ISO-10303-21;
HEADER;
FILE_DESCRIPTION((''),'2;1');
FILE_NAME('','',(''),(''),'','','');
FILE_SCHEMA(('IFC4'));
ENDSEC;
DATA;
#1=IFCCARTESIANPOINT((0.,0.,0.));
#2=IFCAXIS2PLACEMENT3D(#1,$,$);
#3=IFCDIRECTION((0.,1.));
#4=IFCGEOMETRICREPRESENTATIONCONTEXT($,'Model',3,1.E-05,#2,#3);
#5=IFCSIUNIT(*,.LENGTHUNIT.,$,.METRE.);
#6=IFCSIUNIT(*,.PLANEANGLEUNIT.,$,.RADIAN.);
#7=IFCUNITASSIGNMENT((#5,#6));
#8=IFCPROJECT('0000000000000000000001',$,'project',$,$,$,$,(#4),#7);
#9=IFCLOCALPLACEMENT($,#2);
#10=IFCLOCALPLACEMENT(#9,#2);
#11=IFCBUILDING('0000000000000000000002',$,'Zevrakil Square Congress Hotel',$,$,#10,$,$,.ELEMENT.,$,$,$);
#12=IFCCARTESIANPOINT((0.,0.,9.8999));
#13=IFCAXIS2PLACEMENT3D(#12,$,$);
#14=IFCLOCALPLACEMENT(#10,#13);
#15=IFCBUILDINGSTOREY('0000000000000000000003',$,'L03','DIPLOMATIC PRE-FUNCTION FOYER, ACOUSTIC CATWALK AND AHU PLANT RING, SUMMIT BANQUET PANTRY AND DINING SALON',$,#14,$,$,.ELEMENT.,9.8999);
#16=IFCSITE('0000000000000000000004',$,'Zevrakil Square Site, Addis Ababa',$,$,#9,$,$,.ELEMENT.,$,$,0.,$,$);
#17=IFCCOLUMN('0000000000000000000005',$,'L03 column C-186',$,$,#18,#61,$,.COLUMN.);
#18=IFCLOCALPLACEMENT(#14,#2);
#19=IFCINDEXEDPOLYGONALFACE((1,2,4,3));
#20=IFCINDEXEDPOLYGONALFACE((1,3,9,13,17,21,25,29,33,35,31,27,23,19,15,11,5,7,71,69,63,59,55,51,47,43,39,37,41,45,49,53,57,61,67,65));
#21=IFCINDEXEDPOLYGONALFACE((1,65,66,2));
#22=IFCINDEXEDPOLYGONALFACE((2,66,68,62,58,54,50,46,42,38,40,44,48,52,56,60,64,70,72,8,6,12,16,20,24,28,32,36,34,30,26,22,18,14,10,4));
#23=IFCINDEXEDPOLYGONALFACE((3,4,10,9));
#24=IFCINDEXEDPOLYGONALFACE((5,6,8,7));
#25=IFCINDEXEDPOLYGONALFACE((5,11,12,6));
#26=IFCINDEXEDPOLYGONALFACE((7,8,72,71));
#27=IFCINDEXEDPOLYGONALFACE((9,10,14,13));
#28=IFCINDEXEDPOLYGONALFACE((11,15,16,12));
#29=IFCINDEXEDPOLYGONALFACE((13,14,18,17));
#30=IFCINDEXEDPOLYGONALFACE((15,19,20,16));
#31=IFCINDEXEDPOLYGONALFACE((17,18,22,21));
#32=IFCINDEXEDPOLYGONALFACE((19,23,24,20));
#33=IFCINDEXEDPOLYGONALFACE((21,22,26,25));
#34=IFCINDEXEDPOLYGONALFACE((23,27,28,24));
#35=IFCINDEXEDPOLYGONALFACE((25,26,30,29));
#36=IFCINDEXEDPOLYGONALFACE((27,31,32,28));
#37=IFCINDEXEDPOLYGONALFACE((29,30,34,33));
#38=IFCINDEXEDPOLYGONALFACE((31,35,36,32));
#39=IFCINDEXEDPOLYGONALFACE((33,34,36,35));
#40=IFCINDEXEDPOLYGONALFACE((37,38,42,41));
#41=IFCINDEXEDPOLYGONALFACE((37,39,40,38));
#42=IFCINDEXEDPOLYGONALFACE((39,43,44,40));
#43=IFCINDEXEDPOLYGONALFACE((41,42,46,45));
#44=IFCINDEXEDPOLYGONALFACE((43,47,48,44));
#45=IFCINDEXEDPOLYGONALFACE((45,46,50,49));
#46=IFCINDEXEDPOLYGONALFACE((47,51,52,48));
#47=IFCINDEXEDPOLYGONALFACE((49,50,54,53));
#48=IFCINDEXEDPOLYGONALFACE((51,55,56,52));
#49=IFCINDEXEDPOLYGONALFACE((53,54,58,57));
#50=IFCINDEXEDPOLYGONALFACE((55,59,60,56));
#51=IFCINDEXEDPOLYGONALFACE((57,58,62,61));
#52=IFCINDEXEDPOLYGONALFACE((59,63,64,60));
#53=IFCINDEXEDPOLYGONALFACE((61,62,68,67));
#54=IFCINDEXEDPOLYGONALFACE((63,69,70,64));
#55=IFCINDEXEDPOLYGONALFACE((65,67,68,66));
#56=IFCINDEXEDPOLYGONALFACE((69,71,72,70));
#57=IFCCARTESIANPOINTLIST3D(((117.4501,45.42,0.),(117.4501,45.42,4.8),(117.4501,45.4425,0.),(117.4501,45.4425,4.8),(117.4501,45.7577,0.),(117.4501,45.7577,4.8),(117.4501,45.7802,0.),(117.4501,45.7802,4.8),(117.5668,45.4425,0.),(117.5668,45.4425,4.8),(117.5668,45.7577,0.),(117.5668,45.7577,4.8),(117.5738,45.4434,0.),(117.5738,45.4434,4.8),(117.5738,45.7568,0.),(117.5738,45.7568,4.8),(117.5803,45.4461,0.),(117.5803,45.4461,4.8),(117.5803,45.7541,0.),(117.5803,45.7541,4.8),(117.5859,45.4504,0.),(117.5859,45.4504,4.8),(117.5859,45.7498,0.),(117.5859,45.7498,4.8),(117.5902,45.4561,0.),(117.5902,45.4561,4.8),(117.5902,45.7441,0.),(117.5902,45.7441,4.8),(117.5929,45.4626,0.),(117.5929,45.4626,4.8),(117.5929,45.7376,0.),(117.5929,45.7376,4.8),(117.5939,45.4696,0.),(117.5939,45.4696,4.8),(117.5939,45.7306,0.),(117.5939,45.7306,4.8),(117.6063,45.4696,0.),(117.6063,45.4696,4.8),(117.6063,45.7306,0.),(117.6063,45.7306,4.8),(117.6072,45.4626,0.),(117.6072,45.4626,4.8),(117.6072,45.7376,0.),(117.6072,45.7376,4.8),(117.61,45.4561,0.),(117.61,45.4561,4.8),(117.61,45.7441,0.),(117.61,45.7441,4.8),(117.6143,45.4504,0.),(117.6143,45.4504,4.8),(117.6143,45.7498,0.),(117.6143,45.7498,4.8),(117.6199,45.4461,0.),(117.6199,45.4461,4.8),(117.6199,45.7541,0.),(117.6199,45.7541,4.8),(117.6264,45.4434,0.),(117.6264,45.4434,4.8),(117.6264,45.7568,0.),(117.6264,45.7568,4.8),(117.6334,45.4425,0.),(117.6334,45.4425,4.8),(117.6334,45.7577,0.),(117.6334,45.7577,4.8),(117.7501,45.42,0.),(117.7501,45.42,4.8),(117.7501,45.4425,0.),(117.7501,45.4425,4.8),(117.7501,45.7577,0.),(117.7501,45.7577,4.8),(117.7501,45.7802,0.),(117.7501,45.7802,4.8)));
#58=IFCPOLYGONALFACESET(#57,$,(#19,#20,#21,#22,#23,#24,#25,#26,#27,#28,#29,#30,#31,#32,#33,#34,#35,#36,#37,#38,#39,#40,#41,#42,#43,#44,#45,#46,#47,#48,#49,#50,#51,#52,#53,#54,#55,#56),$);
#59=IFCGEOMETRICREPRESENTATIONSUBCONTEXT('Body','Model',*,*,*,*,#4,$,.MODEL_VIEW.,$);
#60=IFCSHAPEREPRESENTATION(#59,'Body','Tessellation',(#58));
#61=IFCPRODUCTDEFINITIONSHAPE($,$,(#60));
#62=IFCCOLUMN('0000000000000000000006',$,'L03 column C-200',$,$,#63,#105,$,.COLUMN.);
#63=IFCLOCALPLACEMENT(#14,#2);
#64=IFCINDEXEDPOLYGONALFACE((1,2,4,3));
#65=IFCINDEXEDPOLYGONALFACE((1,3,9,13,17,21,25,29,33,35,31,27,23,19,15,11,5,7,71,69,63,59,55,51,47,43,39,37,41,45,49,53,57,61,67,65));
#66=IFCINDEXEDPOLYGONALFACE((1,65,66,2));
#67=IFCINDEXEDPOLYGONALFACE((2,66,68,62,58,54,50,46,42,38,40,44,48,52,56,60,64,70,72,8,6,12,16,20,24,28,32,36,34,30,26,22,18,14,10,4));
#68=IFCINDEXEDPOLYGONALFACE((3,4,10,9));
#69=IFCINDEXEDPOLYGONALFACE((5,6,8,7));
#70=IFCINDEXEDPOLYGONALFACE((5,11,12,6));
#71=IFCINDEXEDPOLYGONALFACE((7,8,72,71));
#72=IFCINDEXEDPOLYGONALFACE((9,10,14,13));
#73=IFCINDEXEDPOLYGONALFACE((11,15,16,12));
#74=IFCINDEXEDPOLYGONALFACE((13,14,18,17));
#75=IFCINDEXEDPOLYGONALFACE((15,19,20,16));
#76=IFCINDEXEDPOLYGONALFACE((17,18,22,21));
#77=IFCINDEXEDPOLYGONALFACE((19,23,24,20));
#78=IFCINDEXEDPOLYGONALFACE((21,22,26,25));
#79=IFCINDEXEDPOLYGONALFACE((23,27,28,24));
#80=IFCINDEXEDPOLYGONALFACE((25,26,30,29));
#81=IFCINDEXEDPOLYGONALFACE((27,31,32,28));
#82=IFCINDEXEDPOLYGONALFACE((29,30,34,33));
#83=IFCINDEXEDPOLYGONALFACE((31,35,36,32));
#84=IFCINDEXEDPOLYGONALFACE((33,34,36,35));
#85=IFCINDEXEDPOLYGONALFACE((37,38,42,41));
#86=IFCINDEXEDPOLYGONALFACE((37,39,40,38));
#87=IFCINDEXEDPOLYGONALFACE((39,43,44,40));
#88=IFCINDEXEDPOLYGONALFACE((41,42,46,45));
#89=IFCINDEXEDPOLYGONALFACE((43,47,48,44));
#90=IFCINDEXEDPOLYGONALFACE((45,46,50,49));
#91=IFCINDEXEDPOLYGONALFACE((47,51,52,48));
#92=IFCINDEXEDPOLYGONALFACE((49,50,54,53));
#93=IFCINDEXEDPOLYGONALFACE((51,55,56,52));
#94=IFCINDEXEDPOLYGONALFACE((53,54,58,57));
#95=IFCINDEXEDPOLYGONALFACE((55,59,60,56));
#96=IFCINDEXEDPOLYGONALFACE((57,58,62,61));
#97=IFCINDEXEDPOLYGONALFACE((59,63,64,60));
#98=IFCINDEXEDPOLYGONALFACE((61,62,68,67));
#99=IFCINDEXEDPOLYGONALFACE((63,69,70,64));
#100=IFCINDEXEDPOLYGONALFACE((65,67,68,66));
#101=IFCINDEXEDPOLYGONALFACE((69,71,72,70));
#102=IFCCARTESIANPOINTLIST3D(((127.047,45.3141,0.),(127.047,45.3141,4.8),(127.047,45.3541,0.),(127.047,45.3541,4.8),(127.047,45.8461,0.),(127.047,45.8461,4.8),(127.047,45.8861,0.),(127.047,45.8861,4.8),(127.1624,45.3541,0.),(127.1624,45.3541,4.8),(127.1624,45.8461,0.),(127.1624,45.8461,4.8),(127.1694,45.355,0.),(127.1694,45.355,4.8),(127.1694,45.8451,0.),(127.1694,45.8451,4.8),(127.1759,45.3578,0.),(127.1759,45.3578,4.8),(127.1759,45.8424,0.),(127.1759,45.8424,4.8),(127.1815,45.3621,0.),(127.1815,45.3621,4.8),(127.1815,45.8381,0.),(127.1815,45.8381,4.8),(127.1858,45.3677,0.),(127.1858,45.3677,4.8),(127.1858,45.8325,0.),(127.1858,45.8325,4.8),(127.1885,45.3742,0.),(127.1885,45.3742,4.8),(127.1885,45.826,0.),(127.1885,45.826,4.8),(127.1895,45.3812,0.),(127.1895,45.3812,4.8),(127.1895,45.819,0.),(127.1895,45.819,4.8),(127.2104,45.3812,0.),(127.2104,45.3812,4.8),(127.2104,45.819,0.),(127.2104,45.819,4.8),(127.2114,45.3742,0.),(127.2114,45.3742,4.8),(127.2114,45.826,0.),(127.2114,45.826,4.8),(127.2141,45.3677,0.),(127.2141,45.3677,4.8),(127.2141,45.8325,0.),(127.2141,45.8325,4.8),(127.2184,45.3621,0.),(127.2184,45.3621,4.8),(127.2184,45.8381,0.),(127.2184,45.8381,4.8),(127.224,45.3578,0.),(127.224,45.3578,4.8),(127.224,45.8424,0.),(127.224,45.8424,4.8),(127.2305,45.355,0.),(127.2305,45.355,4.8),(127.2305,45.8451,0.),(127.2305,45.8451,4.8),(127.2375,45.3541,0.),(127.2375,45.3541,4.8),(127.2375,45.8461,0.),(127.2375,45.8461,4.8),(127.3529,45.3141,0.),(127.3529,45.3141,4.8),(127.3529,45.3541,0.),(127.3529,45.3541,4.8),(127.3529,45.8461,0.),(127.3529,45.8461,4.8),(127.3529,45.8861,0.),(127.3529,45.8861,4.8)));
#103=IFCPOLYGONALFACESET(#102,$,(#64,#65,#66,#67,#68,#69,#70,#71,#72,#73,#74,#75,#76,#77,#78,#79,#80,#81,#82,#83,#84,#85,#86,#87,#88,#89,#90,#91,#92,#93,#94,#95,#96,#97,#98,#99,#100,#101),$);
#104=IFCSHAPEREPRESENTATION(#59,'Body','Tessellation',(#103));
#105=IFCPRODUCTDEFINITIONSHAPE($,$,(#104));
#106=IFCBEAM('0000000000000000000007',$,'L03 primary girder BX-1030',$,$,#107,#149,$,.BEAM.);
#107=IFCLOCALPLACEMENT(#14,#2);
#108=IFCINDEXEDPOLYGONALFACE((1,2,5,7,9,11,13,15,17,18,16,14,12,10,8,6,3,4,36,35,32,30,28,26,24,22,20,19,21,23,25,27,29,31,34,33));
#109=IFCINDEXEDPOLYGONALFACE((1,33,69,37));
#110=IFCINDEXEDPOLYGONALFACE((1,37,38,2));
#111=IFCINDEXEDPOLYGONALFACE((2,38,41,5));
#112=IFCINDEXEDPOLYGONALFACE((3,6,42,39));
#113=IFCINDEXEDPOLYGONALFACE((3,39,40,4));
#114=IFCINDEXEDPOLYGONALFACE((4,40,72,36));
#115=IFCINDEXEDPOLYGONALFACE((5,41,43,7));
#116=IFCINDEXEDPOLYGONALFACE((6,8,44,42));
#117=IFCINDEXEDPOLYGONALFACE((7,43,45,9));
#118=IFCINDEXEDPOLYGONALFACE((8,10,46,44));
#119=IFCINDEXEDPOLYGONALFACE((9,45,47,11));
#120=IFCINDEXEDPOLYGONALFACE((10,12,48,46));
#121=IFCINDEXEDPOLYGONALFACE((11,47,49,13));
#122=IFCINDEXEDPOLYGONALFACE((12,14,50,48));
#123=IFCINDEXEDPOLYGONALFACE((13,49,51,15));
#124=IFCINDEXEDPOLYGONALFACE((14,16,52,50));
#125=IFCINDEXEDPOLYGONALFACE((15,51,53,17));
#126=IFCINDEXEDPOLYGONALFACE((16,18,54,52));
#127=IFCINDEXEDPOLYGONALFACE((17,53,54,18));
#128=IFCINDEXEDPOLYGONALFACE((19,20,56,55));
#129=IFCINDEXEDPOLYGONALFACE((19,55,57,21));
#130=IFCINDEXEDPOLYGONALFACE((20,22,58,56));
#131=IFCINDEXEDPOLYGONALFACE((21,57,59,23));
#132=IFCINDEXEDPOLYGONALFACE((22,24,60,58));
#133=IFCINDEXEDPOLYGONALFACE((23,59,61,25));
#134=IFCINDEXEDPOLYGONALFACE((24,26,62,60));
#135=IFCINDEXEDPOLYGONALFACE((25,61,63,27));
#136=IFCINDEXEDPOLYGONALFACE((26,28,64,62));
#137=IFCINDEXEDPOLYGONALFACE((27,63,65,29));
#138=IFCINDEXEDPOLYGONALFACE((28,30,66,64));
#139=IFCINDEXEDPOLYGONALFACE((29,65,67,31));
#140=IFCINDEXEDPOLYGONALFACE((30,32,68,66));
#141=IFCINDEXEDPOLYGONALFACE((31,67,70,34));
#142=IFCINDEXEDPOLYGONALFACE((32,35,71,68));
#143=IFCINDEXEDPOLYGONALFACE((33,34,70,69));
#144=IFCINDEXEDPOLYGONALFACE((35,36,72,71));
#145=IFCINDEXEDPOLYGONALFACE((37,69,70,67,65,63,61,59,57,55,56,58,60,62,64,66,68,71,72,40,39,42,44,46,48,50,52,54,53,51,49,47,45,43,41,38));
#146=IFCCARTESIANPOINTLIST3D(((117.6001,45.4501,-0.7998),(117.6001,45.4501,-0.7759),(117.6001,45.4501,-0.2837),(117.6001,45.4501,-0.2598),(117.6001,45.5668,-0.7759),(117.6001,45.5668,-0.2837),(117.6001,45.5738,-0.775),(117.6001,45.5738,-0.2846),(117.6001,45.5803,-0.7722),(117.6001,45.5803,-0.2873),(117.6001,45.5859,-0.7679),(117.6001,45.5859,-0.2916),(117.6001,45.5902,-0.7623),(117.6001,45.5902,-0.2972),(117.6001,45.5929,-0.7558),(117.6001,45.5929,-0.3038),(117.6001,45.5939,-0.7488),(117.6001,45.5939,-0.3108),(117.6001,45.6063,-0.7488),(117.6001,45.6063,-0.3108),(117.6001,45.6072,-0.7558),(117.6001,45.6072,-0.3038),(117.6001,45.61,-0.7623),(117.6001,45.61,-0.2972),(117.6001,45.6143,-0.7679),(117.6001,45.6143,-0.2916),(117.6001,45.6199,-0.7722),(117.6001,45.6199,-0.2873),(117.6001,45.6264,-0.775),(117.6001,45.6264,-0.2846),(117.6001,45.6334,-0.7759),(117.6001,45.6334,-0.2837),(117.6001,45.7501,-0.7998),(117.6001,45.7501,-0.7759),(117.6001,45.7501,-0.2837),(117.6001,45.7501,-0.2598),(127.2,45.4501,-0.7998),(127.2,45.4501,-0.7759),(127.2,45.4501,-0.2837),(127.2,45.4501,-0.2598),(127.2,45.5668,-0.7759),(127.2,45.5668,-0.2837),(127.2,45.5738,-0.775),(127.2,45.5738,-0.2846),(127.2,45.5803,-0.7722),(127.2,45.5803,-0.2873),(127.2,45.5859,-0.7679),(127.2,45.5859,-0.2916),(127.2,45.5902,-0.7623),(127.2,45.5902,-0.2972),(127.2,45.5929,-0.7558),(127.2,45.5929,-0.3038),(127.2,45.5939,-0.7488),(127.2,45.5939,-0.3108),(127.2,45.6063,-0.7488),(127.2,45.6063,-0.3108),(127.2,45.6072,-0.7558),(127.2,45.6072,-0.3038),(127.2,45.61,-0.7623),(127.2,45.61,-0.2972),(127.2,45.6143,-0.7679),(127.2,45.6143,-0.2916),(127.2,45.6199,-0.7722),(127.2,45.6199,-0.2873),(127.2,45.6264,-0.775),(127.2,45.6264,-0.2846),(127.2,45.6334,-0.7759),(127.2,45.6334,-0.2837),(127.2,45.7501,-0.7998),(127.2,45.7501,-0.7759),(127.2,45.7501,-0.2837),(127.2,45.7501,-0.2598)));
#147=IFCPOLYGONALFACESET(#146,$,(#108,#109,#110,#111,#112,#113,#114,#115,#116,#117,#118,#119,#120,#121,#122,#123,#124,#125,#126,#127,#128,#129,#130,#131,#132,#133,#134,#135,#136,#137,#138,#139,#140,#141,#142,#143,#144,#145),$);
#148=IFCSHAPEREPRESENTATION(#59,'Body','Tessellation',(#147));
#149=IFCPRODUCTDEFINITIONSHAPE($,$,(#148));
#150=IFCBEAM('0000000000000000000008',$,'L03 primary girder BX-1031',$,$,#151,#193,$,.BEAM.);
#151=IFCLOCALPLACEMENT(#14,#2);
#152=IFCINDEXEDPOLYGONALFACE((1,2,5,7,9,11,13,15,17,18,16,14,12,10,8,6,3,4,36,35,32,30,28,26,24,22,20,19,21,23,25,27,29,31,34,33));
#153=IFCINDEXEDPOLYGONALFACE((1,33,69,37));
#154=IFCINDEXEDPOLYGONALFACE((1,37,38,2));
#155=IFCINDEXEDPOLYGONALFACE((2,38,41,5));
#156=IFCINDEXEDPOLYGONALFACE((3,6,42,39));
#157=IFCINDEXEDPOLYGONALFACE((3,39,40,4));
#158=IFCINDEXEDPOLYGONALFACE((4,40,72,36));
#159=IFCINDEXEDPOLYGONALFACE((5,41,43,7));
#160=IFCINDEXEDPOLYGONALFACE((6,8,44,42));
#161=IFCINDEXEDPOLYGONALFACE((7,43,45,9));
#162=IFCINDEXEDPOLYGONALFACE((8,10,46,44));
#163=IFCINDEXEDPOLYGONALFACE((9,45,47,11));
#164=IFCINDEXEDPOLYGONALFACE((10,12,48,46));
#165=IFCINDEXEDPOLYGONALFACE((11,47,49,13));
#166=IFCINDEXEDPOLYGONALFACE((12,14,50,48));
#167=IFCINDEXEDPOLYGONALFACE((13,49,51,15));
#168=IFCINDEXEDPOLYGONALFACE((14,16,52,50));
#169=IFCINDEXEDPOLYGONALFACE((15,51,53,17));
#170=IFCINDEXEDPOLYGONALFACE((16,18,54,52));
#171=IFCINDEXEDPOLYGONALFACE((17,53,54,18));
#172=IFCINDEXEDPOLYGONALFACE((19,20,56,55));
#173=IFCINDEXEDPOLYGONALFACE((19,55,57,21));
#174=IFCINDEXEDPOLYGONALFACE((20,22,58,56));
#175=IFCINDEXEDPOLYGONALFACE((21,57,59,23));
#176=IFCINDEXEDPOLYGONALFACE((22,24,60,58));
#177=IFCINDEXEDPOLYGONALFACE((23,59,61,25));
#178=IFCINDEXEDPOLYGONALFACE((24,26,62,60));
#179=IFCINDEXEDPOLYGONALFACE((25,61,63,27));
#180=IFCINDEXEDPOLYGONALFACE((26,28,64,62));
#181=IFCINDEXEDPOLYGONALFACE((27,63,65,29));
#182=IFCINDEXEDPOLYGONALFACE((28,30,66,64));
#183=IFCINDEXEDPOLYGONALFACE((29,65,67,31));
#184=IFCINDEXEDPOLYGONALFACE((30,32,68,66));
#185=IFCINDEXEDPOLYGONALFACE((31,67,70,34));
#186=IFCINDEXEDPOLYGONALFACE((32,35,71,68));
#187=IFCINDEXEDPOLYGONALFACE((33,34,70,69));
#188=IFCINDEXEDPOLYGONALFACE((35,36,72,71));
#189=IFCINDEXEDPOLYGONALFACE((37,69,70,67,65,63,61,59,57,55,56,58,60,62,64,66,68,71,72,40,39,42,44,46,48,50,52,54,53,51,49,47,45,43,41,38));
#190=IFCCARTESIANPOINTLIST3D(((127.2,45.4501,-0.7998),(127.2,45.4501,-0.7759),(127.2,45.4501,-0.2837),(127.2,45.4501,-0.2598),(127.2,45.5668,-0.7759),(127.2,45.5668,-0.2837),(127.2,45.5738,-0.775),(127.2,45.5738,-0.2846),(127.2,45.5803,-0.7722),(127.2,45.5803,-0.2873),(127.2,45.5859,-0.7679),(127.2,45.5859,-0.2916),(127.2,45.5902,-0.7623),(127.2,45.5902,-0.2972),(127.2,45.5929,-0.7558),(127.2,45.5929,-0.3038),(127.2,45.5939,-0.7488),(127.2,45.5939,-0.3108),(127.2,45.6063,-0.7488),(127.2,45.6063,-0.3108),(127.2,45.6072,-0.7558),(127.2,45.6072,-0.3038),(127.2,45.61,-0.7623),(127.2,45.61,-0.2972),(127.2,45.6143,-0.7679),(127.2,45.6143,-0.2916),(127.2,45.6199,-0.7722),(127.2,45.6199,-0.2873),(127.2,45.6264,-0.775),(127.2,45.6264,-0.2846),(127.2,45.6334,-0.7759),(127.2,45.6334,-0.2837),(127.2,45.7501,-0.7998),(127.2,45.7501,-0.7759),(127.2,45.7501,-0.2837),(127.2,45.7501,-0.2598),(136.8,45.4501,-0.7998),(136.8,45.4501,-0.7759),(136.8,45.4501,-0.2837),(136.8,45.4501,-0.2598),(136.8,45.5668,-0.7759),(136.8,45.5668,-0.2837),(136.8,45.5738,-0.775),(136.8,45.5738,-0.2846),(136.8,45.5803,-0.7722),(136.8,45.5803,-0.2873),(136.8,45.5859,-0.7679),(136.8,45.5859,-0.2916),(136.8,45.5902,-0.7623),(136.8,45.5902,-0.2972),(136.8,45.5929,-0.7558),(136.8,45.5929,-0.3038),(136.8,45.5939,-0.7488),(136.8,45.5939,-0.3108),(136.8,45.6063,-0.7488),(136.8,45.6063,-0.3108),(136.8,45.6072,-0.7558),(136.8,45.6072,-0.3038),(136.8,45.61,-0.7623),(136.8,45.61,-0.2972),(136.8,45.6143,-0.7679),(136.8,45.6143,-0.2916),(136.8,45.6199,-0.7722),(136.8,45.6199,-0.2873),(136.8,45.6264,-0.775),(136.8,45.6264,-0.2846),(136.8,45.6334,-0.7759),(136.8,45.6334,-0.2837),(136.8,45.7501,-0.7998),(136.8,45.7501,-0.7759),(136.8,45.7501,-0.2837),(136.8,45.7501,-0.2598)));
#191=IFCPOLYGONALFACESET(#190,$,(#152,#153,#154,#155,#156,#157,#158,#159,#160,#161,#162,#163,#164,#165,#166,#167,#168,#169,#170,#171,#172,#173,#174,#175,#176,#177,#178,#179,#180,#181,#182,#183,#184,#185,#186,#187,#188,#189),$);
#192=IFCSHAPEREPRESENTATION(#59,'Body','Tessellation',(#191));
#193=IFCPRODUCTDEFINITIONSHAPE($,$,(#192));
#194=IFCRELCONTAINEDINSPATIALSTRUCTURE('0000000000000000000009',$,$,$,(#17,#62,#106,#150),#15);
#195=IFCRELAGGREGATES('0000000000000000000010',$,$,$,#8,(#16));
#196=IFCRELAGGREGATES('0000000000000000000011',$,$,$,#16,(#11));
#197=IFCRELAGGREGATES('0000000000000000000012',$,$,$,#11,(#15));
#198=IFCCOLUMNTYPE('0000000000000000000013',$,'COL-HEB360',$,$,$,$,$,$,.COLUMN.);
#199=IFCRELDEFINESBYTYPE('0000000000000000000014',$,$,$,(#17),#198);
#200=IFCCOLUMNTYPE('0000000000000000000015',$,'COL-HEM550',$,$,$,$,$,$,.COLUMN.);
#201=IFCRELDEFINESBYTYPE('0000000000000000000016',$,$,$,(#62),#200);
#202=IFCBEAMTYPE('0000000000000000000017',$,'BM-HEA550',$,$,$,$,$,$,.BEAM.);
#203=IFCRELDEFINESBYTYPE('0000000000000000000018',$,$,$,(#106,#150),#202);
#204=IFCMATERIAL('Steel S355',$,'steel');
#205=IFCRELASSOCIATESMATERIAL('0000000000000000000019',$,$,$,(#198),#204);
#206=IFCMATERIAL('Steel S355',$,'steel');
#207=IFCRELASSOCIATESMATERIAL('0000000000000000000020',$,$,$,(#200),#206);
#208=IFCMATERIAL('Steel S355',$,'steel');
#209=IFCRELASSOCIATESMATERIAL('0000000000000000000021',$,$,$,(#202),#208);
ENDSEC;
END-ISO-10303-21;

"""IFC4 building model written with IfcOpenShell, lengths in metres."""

from ifc_helpers import new_model, si_unit, direction, frame, origin, origin_2d, place, context, subcontext, project, spatial, i_section, extrude, material, material_profile, profile_set, type_object, element, save


model = new_model("IFC4")

# Units and contexts
model_context = context("Model", 3, precision=1e-05, world=origin(), true_north=direction((0.0, 1.0)))
body_context = subcontext(model_context, "Body", "Model", "MODEL_VIEW")
ifc_project = project(units=[si_unit("LENGTHUNIT", "METRE"), si_unit("PLANEANGLEUNIT", "RADIAN")], contexts=[model_context])

# Site, building, storey
site_placement = place(None, origin())
site = spatial("IfcSite", under=ifc_project, at=site_placement, Name="Zevrakil Square Site, Addis Ababa", CompositionType="ELEMENT", RefElevation=0.0)
building_placement = place(site_placement, origin())
building = spatial("IfcBuilding", under=site, at=building_placement, Name="Zevrakil Square Congress Hotel", CompositionType="ELEMENT")
storey_placement = place(building_placement, frame((0.0, 0.0, 9.8999)))
storey = spatial("IfcBuildingStorey", under=building, at=storey_placement, Name="L03", Description="DIPLOMATIC PRE-FUNCTION FOYER, ACOUSTIC CATWALK AND AHU PLANT RING, SUMMIT BANQUET PANTRY AND DINING SALON", CompositionType="ELEMENT", Elevation=9.8999)

# Columns
ifc_material_1 = material(Name="Steel S355", Category="steel")
ifc_material_profile_1 = material_profile(ifc_material_1, i_section(OverallWidth=0.3, OverallDepth=0.3601, WebThickness=0.0125, FlangeThickness=0.0225, FilletRadius=0.0271, at=origin_2d()), Name="HEB 360")
ifc_profile_set_1 = profile_set([ifc_material_profile_1], Name="Steel S355")
column_type_1 = type_object("IfcColumnType", Name="COL-HEB360", PredefinedType="COLUMN", material=ifc_profile_set_1)
column_1_placement = place(storey_placement, frame((117.6001, 45.6001, 0.0), z_axis=(0.0, 0.0, 1.0), x_axis=(1.0, 0.0, 0.0)))
element("IfcColumn", 1, at=column_1_placement, inside=storey, type_object=column_type_1, Name="L03 column C-186", PredefinedType="COLUMN", context=body_context, shape_type="SweptSolid", body=[
    extrude(i_section(OverallWidth=0.3, OverallDepth=0.3601, WebThickness=0.0125, FlangeThickness=0.0225, FilletRadius=0.0271, at=origin_2d()), origin(), (0.0, 0.0, 1.0), 4.8),
])
ifc_material_2 = material(Name="Steel S355", Category="steel")
ifc_material_profile_2 = material_profile(ifc_material_2, i_section(OverallWidth=0.3059, OverallDepth=0.572, WebThickness=0.021, FlangeThickness=0.04, FilletRadius=0.0271, at=origin_2d()), Name="HEM 550")
ifc_profile_set_2 = profile_set([ifc_material_profile_2], Name="Steel S355")
column_type_2 = type_object("IfcColumnType", Name="COL-HEM550", PredefinedType="COLUMN", material=ifc_profile_set_2)
column_2_placement = place(storey_placement, frame((127.2, 45.6001, 0.0), z_axis=(0.0, 0.0, 1.0), x_axis=(1.0, 0.0, 0.0)))
element("IfcColumn", 2, at=column_2_placement, inside=storey, type_object=column_type_2, Name="L03 column C-200", PredefinedType="COLUMN", context=body_context, shape_type="SweptSolid", body=[
    extrude(i_section(OverallWidth=0.3059, OverallDepth=0.572, WebThickness=0.021, FlangeThickness=0.04, FilletRadius=0.0271, at=origin_2d()), origin(), (0.0, 0.0, 1.0), 4.8),
])

# Beams
ifc_material_3 = material(Name="Steel S355", Category="steel")
ifc_material_profile_3 = material_profile(ifc_material_3, i_section(OverallWidth=0.3, OverallDepth=0.54, WebThickness=0.0125, FlangeThickness=0.0239, FilletRadius=0.0271, at=origin_2d()), Name="HEA 550")
ifc_profile_set_3 = profile_set([ifc_material_profile_3], Name="Steel S355")
beam_type_1 = type_object("IfcBeamType", Name="BM-HEA550", PredefinedType="BEAM", material=ifc_profile_set_3)
beam_1_placement = place(storey_placement, frame((117.6001, 45.6001, -0.5298), z_axis=(1.0, 0.0, 0.0), x_axis=(0.0, 1.0, 0.0)))
element("IfcBeam", 3, at=beam_1_placement, inside=storey, type_object=beam_type_1, Name="L03 primary girder BX-1030", PredefinedType="BEAM", context=body_context, shape_type="SweptSolid", body=[
    extrude(i_section(OverallWidth=0.3, OverallDepth=0.54, WebThickness=0.0125, FlangeThickness=0.0239, FilletRadius=0.0271, at=origin_2d()), origin(), (0.0, 0.0, 1.0), 9.5999),
])
beam_2_placement = place(storey_placement, frame((127.2, 45.6001, -0.5298), z_axis=(1.0, 0.0, 0.0), x_axis=(0.0, 1.0, 0.0)))
element("IfcBeam", 4, at=beam_2_placement, inside=storey, type_object=beam_type_1, Name="L03 primary girder BX-1031", PredefinedType="BEAM", context=body_context, shape_type="SweptSolid", body=[
    extrude(i_section(OverallWidth=0.3, OverallDepth=0.54, WebThickness=0.0125, FlangeThickness=0.0239, FilletRadius=0.0271, at=origin_2d()), origin(), (0.0, 0.0, 1.0), 9.6001),
])

save(model, "model.ifc")
